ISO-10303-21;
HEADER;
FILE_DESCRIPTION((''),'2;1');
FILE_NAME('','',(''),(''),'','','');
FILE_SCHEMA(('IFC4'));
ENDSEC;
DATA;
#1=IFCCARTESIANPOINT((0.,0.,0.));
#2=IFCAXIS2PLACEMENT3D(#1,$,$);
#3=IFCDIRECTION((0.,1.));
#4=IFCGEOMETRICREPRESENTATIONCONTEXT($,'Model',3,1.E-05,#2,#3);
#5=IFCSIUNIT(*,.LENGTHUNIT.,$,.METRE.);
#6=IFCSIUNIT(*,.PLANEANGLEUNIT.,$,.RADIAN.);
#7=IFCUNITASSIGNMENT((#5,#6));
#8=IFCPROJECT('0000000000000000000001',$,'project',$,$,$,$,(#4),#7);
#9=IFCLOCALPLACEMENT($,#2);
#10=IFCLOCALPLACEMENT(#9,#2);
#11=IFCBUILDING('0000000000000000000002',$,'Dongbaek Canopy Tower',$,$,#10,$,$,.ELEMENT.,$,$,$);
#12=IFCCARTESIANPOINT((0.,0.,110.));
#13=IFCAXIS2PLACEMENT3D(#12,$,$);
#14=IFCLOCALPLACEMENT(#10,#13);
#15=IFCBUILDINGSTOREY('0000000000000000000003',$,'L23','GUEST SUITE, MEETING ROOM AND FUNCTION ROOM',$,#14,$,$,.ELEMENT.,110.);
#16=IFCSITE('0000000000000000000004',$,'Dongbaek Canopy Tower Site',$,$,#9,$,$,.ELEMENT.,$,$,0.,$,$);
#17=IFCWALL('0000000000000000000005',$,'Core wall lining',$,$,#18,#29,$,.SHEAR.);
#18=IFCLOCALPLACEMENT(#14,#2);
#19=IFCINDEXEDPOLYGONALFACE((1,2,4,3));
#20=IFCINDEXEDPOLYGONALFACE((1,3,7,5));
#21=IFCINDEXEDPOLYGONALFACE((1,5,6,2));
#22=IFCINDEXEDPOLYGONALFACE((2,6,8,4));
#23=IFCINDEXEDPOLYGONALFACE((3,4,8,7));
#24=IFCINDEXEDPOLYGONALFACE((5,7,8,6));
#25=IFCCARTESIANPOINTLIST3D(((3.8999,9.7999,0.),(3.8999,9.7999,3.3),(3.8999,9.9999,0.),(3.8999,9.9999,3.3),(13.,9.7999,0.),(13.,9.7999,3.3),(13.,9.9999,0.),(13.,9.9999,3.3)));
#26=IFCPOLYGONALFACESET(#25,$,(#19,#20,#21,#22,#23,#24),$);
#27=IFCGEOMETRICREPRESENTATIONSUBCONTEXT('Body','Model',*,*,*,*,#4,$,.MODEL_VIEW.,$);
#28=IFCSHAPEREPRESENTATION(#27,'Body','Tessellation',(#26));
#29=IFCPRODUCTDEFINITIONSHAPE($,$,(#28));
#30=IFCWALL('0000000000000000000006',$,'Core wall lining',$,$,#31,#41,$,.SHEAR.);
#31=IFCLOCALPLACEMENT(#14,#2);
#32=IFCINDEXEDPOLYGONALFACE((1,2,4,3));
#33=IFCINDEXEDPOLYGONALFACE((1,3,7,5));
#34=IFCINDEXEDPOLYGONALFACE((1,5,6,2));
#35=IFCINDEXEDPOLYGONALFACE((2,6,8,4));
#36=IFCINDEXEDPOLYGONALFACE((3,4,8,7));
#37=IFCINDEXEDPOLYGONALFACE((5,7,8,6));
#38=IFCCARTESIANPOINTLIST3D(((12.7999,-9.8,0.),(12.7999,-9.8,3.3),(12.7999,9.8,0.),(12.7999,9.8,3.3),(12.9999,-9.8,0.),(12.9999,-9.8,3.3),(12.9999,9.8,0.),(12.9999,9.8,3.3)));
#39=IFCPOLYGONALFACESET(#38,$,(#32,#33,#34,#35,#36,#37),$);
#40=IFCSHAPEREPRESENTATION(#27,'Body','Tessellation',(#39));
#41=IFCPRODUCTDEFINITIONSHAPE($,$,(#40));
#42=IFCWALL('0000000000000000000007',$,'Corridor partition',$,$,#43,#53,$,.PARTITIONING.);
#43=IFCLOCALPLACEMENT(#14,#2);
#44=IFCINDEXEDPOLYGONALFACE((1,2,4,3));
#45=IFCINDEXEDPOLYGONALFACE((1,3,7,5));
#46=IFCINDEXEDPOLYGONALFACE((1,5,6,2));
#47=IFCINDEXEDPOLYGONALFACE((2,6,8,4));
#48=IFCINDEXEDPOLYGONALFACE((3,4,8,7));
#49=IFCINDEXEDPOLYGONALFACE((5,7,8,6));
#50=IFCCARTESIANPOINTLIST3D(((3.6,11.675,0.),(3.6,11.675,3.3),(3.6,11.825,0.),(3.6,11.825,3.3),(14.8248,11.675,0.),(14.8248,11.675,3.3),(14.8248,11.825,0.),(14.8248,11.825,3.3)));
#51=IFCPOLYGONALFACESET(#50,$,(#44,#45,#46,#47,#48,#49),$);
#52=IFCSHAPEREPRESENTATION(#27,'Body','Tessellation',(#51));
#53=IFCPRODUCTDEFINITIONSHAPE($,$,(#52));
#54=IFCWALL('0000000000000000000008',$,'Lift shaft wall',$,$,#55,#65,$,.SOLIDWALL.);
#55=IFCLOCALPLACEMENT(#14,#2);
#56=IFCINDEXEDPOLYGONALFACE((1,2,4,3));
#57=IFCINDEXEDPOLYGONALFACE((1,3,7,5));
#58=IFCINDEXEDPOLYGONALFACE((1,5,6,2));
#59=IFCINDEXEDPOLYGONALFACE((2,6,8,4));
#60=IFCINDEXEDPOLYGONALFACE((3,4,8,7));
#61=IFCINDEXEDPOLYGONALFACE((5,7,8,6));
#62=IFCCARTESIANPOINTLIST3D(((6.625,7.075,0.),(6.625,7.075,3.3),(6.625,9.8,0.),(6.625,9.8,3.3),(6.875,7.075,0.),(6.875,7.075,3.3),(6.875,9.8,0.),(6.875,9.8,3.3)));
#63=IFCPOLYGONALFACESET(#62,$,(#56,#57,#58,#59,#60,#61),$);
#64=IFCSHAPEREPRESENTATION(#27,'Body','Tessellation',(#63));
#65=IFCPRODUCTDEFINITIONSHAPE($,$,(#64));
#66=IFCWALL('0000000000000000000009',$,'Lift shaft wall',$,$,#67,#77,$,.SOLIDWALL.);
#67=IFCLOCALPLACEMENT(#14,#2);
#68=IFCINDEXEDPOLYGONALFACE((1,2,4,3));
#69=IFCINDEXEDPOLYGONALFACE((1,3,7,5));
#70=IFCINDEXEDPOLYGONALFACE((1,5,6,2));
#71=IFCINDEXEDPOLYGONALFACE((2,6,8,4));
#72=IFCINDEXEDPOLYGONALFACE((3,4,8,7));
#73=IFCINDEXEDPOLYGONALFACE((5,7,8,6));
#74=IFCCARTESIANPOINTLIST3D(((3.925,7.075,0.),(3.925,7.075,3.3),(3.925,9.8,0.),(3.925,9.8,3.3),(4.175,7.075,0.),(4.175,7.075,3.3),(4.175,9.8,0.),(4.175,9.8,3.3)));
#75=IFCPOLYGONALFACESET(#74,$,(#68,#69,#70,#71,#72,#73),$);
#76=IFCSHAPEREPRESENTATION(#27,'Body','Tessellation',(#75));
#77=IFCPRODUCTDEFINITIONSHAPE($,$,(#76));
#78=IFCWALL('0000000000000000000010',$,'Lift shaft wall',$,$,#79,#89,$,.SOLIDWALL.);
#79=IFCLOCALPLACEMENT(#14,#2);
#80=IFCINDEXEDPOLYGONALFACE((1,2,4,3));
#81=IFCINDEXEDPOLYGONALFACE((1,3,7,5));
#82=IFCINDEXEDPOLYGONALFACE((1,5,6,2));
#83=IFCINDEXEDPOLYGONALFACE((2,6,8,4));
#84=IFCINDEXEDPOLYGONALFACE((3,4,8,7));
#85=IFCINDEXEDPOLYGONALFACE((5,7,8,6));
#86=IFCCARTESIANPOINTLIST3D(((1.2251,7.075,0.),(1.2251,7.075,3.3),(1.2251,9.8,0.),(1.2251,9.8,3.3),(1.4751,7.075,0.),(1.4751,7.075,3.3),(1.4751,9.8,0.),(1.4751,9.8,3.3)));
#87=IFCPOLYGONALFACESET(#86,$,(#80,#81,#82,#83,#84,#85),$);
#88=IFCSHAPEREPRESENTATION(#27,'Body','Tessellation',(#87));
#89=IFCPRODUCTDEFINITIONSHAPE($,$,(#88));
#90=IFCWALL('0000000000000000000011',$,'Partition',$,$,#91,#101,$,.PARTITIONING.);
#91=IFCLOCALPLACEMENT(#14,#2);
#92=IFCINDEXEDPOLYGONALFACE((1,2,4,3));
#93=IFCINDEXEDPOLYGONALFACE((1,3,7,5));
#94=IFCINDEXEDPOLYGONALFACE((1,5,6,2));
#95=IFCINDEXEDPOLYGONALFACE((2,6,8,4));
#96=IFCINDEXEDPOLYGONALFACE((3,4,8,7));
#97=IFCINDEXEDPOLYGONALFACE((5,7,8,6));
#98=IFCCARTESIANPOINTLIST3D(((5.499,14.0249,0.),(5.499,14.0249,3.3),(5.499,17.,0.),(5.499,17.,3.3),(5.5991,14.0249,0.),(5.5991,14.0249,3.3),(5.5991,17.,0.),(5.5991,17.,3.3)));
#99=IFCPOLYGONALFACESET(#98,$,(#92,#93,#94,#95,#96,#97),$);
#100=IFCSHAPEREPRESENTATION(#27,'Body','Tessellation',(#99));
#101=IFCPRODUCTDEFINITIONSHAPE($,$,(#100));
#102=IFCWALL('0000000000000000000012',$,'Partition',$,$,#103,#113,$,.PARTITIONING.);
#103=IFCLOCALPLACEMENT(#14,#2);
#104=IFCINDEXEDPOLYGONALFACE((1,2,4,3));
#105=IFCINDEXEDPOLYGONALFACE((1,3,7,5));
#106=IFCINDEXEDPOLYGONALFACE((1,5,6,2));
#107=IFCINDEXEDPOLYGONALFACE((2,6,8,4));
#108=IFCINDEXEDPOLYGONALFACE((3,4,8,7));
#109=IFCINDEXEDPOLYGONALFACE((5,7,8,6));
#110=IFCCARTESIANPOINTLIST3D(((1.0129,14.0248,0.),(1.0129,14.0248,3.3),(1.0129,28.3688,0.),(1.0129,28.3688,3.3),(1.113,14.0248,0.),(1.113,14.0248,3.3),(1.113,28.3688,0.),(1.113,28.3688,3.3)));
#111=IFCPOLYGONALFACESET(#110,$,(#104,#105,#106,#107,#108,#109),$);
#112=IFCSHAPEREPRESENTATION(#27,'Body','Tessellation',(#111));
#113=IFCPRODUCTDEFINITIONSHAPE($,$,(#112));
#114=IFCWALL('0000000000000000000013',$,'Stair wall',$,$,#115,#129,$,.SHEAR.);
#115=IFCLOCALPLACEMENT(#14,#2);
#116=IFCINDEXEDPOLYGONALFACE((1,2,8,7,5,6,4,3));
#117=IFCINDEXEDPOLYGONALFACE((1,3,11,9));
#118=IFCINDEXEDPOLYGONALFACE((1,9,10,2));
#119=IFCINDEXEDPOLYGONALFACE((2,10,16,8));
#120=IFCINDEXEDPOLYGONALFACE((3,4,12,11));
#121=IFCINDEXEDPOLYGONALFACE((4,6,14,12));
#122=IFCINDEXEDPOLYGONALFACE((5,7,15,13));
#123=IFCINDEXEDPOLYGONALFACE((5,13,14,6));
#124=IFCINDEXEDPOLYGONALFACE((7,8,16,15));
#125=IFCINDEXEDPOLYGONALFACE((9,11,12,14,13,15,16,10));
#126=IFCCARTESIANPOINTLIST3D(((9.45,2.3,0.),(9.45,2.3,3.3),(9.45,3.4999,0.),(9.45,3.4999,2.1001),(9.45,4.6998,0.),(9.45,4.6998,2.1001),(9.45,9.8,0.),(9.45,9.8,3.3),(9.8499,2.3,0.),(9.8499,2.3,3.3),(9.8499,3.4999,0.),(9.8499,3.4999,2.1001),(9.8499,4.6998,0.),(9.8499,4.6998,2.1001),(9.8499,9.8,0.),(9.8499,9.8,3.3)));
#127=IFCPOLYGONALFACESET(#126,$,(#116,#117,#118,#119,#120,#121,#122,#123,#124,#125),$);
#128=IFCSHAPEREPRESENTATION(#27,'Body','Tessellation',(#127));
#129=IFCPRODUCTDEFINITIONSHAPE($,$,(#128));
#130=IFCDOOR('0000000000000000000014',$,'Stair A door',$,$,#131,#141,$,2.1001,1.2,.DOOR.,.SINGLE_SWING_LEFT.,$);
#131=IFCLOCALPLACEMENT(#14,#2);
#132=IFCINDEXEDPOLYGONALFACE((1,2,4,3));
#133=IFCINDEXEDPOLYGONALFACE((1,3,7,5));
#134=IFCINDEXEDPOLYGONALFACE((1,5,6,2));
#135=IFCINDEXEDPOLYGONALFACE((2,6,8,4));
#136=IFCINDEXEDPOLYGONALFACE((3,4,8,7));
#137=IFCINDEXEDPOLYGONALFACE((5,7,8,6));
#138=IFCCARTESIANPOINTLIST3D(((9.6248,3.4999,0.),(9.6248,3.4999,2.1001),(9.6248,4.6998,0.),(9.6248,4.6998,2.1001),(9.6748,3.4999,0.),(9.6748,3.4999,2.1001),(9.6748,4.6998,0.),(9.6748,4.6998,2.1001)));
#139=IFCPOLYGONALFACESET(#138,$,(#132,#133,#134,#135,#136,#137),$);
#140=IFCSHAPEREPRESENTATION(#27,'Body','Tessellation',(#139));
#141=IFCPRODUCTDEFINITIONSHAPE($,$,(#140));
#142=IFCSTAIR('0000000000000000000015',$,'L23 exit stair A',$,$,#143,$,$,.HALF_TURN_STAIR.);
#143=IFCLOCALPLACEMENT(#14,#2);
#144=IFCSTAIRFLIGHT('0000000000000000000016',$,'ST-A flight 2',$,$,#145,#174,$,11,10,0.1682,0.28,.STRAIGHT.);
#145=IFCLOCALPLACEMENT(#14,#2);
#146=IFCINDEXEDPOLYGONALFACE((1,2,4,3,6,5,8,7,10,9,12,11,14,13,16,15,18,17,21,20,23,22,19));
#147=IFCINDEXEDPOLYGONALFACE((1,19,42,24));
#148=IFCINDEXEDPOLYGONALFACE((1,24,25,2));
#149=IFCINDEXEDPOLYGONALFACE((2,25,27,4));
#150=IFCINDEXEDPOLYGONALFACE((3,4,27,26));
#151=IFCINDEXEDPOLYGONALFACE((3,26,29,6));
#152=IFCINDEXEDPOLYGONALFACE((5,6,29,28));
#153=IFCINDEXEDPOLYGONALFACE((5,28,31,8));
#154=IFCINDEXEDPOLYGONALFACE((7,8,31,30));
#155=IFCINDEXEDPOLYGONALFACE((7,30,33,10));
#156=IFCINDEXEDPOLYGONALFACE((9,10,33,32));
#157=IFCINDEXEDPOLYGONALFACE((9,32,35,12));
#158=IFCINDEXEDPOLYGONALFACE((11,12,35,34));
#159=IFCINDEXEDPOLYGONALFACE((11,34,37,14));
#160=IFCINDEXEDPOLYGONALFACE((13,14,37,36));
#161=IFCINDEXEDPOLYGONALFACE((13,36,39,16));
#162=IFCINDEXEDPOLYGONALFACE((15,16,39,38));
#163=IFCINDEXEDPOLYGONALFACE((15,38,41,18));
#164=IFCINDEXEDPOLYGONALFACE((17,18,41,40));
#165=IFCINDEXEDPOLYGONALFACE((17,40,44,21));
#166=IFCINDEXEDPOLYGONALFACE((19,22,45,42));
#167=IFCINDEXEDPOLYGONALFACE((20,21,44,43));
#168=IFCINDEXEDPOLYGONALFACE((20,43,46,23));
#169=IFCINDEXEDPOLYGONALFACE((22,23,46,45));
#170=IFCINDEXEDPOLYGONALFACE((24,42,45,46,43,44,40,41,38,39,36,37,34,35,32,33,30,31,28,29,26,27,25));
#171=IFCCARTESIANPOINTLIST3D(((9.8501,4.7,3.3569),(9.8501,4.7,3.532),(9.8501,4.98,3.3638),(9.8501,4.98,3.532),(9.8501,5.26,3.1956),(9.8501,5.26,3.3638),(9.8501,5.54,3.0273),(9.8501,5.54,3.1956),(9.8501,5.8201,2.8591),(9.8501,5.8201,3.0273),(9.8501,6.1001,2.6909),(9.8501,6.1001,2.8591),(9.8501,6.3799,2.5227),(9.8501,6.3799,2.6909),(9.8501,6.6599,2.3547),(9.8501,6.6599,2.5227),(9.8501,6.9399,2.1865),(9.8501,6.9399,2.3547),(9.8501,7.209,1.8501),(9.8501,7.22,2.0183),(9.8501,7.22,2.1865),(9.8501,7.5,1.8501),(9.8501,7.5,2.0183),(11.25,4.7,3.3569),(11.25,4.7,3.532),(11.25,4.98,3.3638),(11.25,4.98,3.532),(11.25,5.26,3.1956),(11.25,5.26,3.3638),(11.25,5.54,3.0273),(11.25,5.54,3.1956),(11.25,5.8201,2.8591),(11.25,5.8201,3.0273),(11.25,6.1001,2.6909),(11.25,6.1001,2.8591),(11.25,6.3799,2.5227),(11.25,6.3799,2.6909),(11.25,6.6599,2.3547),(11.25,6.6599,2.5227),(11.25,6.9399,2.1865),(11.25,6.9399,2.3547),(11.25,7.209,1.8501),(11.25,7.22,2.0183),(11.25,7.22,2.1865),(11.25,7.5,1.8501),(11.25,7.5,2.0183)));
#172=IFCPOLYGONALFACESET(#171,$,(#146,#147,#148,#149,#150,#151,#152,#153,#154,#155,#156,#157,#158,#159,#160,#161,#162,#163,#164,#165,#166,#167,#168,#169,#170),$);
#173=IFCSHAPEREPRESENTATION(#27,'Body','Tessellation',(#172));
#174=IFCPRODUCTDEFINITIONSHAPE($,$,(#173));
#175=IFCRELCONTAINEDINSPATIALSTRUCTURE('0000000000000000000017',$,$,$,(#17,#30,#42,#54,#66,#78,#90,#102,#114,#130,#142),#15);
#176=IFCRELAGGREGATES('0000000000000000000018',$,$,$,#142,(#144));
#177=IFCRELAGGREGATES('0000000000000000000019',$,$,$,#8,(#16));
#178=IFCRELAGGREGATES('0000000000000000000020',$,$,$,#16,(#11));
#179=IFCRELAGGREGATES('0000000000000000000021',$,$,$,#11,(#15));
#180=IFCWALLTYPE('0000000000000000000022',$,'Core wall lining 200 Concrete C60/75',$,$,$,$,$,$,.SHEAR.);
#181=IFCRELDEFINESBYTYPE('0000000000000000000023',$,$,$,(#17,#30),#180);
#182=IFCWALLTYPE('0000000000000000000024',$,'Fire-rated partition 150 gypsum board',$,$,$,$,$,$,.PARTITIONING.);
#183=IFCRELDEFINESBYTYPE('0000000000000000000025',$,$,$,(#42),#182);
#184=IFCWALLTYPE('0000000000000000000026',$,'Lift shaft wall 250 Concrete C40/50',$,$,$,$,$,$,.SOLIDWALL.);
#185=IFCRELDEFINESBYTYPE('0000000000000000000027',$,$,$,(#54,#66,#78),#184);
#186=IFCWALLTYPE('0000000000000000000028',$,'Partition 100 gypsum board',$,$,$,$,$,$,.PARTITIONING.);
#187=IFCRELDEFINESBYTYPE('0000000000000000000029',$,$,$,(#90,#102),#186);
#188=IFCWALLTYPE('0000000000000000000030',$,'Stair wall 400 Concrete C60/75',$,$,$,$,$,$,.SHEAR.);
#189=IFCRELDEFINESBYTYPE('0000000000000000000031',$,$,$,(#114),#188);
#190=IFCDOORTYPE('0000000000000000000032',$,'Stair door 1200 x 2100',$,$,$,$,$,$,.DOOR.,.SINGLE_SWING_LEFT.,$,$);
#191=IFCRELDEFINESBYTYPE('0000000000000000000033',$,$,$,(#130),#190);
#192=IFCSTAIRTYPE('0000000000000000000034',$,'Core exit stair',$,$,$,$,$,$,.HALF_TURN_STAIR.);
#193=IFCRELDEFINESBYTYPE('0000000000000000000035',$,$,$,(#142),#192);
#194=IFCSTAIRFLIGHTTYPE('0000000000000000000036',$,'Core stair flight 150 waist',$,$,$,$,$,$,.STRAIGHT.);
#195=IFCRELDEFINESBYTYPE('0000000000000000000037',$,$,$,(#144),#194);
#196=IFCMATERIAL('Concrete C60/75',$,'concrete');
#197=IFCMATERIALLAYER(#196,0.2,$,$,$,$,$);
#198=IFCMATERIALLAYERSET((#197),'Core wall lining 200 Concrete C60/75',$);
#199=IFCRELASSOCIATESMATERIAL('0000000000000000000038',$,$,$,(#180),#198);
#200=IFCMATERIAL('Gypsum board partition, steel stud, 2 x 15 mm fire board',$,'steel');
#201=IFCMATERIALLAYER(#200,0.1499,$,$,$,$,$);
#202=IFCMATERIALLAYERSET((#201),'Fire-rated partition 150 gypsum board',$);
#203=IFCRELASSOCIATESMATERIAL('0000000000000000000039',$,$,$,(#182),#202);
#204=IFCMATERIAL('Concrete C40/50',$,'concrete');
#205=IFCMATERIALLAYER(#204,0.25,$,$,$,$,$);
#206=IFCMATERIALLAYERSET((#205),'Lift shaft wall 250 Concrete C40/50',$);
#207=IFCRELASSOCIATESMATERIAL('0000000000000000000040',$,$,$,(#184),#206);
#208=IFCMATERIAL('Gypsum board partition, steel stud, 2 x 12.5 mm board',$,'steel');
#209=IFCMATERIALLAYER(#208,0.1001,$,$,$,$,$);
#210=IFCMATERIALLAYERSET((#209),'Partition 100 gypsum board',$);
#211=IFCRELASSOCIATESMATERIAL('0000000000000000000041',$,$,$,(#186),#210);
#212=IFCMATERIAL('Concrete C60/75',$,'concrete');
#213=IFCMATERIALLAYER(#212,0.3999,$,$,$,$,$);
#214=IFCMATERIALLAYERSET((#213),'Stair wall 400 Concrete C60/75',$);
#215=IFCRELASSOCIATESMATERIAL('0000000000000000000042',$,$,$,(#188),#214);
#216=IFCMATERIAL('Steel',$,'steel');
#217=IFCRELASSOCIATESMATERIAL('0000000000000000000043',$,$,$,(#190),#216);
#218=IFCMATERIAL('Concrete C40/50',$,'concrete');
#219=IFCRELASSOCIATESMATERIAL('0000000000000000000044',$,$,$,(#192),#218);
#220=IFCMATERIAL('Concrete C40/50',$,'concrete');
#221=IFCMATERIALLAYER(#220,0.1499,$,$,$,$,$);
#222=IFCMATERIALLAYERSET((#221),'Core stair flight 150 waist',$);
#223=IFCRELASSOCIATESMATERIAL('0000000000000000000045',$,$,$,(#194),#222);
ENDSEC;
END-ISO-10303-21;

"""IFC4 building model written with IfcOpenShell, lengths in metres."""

from ifc_helpers import new_model, si_unit, direction, frame, frame_2d, origin, place, context, subcontext, project, spatial, polyline, rectangle, outline, extrude, material, layer, layer_set, type_object, element, fill, aggregate, save


model = new_model("IFC4")

# Units and contexts
model_context = context("Model", 3, precision=1e-05, world=origin(), true_north=direction((0.0, 1.0)))
body_context = subcontext(model_context, "Body", "Model", "MODEL_VIEW")
ifc_project = project(units=[si_unit("LENGTHUNIT", "METRE"), si_unit("PLANEANGLEUNIT", "RADIAN")], contexts=[model_context])

# Site, building, storey
site_placement = place(None, origin())
site = spatial("IfcSite", under=ifc_project, at=site_placement, Name="Dongbaek Canopy Tower Site", CompositionType="ELEMENT", RefElevation=0.0)
building_placement = place(site_placement, origin())
building = spatial("IfcBuilding", under=site, at=building_placement, Name="Dongbaek Canopy Tower", CompositionType="ELEMENT")
storey_placement = place(building_placement, frame((0.0, 0.0, 110.0)))
storey = spatial("IfcBuildingStorey", under=building, at=storey_placement, Name="L23", Description="GUEST SUITE, MEETING ROOM AND FUNCTION ROOM", CompositionType="ELEMENT", Elevation=110.0)

# Walls
ifc_material_1 = material(Name="Concrete C60/75", Category="concrete")
ifc_layer_1 = layer(ifc_material_1, 0.2)
ifc_layer_set_1 = layer_set([ifc_layer_1], Name="Core wall lining 200 Concrete C60/75")
wall_type_1 = type_object("IfcWallType", Name="Core wall lining 200 Concrete C60/75", PredefinedType="SHEAR", material=ifc_layer_set_1)
wall_1_placement = place(storey_placement, frame((3.8999, 9.8999, 0.0), z_axis=(0.0, 0.0, 1.0), x_axis=(1.0, 0.0, 0.0)))
element("IfcWall", 1, at=wall_1_placement, inside=storey, type_object=wall_type_1, Name="Core wall lining", PredefinedType="SHEAR", context=body_context, shape_type="SweptSolid", body=[
    extrude(rectangle(XDim=9.1001, YDim=0.2, at=frame_2d((4.55, 0.0))), origin(), (0.0, 0.0, 1.0), 3.3),
])
wall_2_placement = place(storey_placement, frame((12.8999, 9.8, 0.0), z_axis=(0.0, 0.0, 1.0), x_axis=(0.0, -1.0, 0.0)))
element("IfcWall", 2, at=wall_2_placement, inside=storey, type_object=wall_type_1, Name="Core wall lining", PredefinedType="SHEAR", context=body_context, shape_type="SweptSolid", body=[
    extrude(rectangle(XDim=19.6001, YDim=0.2, at=frame_2d((9.8, 0.0))), origin(), (0.0, 0.0, 1.0), 3.3),
])
ifc_material_2 = material(Name="Gypsum board partition, steel stud, 2 x 15 mm fire board", Category="steel")
ifc_layer_2 = layer(ifc_material_2, 0.1499)
ifc_layer_set_2 = layer_set([ifc_layer_2], Name="Fire-rated partition 150 gypsum board")
wall_type_2 = type_object("IfcWallType", Name="Fire-rated partition 150 gypsum board", PredefinedType="PARTITIONING", material=ifc_layer_set_2)
wall_3_placement = place(storey_placement, frame((3.6001, 11.75, 0.0), z_axis=(0.0, 0.0, 1.0), x_axis=(1.0, 0.0, 0.0)))
element("IfcWall", 3, at=wall_3_placement, inside=storey, type_object=wall_type_2, Name="Corridor partition", PredefinedType="PARTITIONING", context=body_context, shape_type="SweptSolid", body=[
    extrude(rectangle(XDim=11.2249, YDim=0.1499, at=frame_2d((5.6123, 0.0))), origin(), (0.0, 0.0, 1.0), 3.3),
])
ifc_material_3 = material(Name="Concrete C40/50", Category="concrete")
ifc_layer_3 = layer(ifc_material_3, 0.25)
ifc_layer_set_3 = layer_set([ifc_layer_3], Name="Lift shaft wall 250 Concrete C40/50")
wall_type_3 = type_object("IfcWallType", Name="Lift shaft wall 250 Concrete C40/50", PredefinedType="SOLIDWALL", material=ifc_layer_set_3)
for number, where, z_axis, x_axis, name in (
    (4, (6.75, 7.075, 0.0), (0.0, 0.0, 1.0), (0.0, 1.0, 0.0), "Lift shaft wall"),
    (5, (4.05, 7.075, 0.0), (0.0, 0.0, 1.0), (0.0, 1.0, 0.0), "Lift shaft wall"),
    (6, (1.3501, 7.075, 0.0), (0.0, 0.0, 1.0), (0.0, 1.0, 0.0), "Lift shaft wall"),
):
    element("IfcWall", number, at=place(storey_placement, frame(where, z_axis=z_axis, x_axis=x_axis)), inside=storey, type_object=wall_type_3, Name=name, PredefinedType="SOLIDWALL", context=body_context, shape_type="SweptSolid", body=[
        extrude(rectangle(XDim=2.7251, YDim=0.25, at=frame_2d((1.3625, 0.0))), origin(), (0.0, 0.0, 1.0), 3.3),
    ])
ifc_material_4 = material(Name="Gypsum board partition, steel stud, 2 x 12.5 mm board", Category="steel")
ifc_layer_4 = layer(ifc_material_4, 0.1001)
ifc_layer_set_4 = layer_set([ifc_layer_4], Name="Partition 100 gypsum board")
wall_type_4 = type_object("IfcWallType", Name="Partition 100 gypsum board", PredefinedType="PARTITIONING", material=ifc_layer_set_4)
wall_4_placement = place(storey_placement, frame((5.5491, 14.0249, 0.0), z_axis=(0.0, 0.0, 1.0), x_axis=(0.0, 1.0, 0.0)))
element("IfcWall", 7, at=wall_4_placement, inside=storey, type_object=wall_type_4, Name="Partition", PredefinedType="PARTITIONING", context=body_context, shape_type="SweptSolid", body=[
    extrude(rectangle(XDim=2.9751, YDim=0.1001, at=frame_2d((1.4875, 0.0))), origin(), (0.0, 0.0, 1.0), 3.3),
])
wall_5_placement = place(storey_placement, frame((1.063, 14.0249, 0.0), z_axis=(0.0, 0.0, 1.0), x_axis=(0.0, 1.0, 0.0)))
element("IfcWall", 8, at=wall_5_placement, inside=storey, type_object=wall_type_4, Name="Partition", PredefinedType="PARTITIONING", context=body_context, shape_type="SweptSolid", body=[
    extrude(rectangle(XDim=14.344, YDim=0.1001, at=frame_2d((7.1719, 0.0))), origin(), (0.0, 0.0, 1.0), 3.3),
])

# Wall, opening, door
ifc_material_5 = material(Name="Concrete C60/75", Category="concrete")
ifc_layer_5 = layer(ifc_material_5, 0.3999)
ifc_layer_set_5 = layer_set([ifc_layer_5], Name="Stair wall 400 Concrete C60/75")
wall_type_5 = type_object("IfcWallType", Name="Stair wall 400 Concrete C60/75", PredefinedType="SHEAR", material=ifc_layer_set_5)
wall_6_placement = place(storey_placement, frame((9.6499, 9.8, 0.0), z_axis=(0.0, 0.0, 1.0), x_axis=(0.0, -1.0, 0.0)))
wall_6 = element("IfcWall", 9, at=wall_6_placement, inside=storey, type_object=wall_type_5, Name="Stair wall", PredefinedType="SHEAR", context=body_context, shape_type="SweptSolid", body=[
    extrude(rectangle(XDim=7.5, YDim=0.3999, at=frame_2d((3.75, 0.0))), origin(), (0.0, 0.0, 1.0), 3.3),
])
opening_placement = place(wall_6_placement, frame((5.1001, 0.0, 0.0)))
opening = element("IfcOpeningElement", 10, at=opening_placement, cuts=wall_6, PredefinedType="OPENING", context=body_context, shape_type="SweptSolid", body=[
    extrude(rectangle(XDim=1.2, YDim=2.1001, at=frame_2d((0.6001, 1.05))), frame((0.0, 0.21, 0.0), z_axis=(0.0, -1.0, 0.0), x_axis=(1.0, 0.0, 0.0)), (0.0, 0.0, 1.0), 0.4199),
])
ifc_material_6 = material(Name="Steel", Category="steel")
door_type = type_object("IfcDoorType", Name="Stair door 1200 x 2100", OperationType="SINGLE_SWING_LEFT", PredefinedType="DOOR", material=ifc_material_6)
door_placement = place(opening_placement, origin())
door = element("IfcDoor", 11, at=door_placement, inside=storey, type_object=door_type, Name="Stair A door", OperationType="SINGLE_SWING_LEFT", OverallHeight=2.1001, OverallWidth=1.2, PredefinedType="DOOR", context=body_context, shape_type="SweptSolid", body=[
    extrude(rectangle(XDim=1.2, YDim=2.1001, at=frame_2d((0.6001, 1.05))), frame((0.0, 0.0249, 0.0), z_axis=(0.0, -1.0, 0.0), x_axis=(1.0, 0.0, 0.0)), (0.0, 0.0, 1.0), 0.05),
])
fill(opening, door)

# Stair, stair flight
ifc_material_7 = material(Name="Concrete C40/50", Category="concrete")
stair_type = type_object("IfcStairType", Name="Core exit stair", PredefinedType="HALF_TURN_STAIR", material=ifc_material_7)
stair_placement = place(storey_placement, origin())
stair = element("IfcStair", 12, at=stair_placement, inside=storey, type_object=stair_type, Name="L23 exit stair A", PredefinedType="HALF_TURN_STAIR")
ifc_material_8 = material(Name="Concrete C40/50", Category="concrete")
ifc_layer_6 = layer(ifc_material_8, 0.1499)
ifc_layer_set_6 = layer_set([ifc_layer_6], Name="Core stair flight 150 waist")
stair_flight_type = type_object("IfcStairFlightType", Name="Core stair flight 150 waist", PredefinedType="STRAIGHT", material=ifc_layer_set_6)
stair_flight_placement = place(storey_placement, frame((10.55, 7.5, 1.8501), z_axis=(0.0, 0.0, 1.0), x_axis=(0.0, -1.0, 0.0)))
stair_flight = element("IfcStairFlight", 13, at=stair_flight_placement, type_object=stair_flight_type, Name="ST-A flight 2", NumberOfRisers=11, NumberOfTreads=10, PredefinedType="STRAIGHT", RiserHeight=0.1682, TreadLength=0.28, context=body_context, shape_type="SweptSolid", body=[
    extrude(outline(polyline([(0.0, 0.0), (0.0, 0.1682), (0.28, 0.1682), (0.28, 0.3364), (0.5601, 0.3364), (0.5601, 0.5046), (0.8401, 0.5046), (0.8401, 0.6726), (1.1201, 0.6726), (1.1201, 0.8408), (1.3999, 0.8408), (1.3999, 1.009), (1.6799, 1.009), (1.6799, 1.1772), (1.96, 1.1772), (1.96, 1.3455), (2.24, 1.3455), (2.24, 1.5137), (2.52, 1.5137), (2.52, 1.6819), (2.8, 1.6819), (2.8, 1.8501), (2.8, 1.5068), (0.291, 0.0), (0.0, 0.0)])), frame((0.0, 0.7, 0.0), z_axis=(0.0, -1.0, 0.0), x_axis=(1.0, 0.0, 0.0)), (0.0, 0.0, 1.0), 1.3999),
])
aggregate(stair, [stair_flight])

save(model, "model.ifc")
